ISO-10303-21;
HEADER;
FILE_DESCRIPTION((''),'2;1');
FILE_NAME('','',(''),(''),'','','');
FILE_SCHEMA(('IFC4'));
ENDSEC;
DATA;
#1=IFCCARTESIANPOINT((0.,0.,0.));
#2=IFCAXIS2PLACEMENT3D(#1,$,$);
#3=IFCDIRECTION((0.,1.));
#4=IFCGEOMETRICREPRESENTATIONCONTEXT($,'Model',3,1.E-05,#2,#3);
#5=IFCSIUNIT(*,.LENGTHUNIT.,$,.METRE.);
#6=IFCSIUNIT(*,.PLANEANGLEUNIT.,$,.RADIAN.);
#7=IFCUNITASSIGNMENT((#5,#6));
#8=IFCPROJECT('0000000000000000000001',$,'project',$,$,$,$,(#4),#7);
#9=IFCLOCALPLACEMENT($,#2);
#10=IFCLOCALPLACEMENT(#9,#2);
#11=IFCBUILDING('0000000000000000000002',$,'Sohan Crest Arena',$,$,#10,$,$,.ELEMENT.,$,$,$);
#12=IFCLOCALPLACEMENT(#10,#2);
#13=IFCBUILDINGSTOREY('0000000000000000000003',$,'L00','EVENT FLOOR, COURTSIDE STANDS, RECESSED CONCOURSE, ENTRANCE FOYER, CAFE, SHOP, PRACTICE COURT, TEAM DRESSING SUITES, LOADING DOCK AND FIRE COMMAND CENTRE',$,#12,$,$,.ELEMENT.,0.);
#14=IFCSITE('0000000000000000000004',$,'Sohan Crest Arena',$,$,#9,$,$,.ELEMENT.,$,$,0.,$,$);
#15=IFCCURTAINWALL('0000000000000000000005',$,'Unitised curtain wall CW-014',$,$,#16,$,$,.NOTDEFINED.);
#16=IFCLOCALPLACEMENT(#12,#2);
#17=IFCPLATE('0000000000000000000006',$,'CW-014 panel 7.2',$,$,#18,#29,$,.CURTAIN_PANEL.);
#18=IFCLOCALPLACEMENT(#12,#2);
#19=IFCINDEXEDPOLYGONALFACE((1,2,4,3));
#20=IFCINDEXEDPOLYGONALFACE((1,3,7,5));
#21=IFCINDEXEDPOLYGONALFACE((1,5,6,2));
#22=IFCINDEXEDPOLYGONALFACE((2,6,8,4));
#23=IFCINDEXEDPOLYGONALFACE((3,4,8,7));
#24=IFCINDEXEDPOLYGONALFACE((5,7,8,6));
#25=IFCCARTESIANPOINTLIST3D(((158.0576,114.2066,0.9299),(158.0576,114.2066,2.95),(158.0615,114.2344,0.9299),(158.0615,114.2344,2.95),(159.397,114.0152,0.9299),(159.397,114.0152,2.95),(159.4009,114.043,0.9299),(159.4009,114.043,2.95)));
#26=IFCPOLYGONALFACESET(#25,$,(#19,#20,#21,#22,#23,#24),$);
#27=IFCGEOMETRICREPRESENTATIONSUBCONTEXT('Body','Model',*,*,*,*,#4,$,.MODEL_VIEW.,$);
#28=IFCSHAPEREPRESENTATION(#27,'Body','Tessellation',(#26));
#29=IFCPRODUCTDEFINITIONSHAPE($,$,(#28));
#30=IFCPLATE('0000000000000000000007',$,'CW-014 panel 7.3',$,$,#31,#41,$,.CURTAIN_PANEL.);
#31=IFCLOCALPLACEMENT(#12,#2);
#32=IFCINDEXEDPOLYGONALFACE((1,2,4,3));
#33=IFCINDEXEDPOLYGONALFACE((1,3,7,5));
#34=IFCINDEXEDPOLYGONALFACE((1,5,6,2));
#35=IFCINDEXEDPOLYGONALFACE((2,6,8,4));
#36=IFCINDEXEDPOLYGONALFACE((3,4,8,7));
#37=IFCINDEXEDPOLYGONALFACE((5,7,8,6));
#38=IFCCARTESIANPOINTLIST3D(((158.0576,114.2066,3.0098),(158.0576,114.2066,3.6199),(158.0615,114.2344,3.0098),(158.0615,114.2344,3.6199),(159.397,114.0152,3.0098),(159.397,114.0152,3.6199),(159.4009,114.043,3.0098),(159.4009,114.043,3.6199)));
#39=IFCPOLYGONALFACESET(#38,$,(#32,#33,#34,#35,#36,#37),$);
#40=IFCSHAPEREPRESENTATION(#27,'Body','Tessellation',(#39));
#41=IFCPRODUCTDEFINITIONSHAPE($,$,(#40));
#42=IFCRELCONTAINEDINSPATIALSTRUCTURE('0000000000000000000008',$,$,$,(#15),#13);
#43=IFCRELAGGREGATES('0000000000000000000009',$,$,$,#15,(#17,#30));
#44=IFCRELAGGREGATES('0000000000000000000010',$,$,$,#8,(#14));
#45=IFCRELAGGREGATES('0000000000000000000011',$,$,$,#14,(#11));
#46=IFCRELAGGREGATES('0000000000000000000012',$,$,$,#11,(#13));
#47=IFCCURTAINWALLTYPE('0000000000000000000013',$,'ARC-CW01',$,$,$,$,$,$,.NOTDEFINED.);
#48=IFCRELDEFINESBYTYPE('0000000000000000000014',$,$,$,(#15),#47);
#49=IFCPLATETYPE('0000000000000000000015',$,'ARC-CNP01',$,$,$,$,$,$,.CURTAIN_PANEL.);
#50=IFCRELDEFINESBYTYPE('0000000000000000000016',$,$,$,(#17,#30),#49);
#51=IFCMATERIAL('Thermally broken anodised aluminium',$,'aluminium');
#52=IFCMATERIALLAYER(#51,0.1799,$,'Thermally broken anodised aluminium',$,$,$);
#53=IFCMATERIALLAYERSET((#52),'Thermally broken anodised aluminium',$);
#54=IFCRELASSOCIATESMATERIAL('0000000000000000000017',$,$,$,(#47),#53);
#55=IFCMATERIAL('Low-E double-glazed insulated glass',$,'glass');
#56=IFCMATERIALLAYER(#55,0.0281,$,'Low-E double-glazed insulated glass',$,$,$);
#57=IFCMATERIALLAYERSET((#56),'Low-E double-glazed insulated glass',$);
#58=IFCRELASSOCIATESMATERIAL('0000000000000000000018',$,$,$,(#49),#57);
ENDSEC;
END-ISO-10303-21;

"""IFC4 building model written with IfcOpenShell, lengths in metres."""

from ifc_helpers import new_model, si_unit, direction, frame, origin, origin_2d, place, context, subcontext, project, spatial, rectangle, extrude, material, layer, layer_set, type_object, element, aggregate, save


model = new_model("IFC4")

# Units and contexts
model_context = context("Model", 3, precision=1e-05, world=origin(), true_north=direction((0.0, 1.0)))
body_context = subcontext(model_context, "Body", "Model", "MODEL_VIEW")
ifc_project = project(units=[si_unit("LENGTHUNIT", "METRE"), si_unit("PLANEANGLEUNIT", "RADIAN")], contexts=[model_context])

# Site, building, storey
site_placement = place(None, origin())
site = spatial("IfcSite", under=ifc_project, at=site_placement, Name="Sohan Crest Arena", CompositionType="ELEMENT", RefElevation=0.0)
building_placement = place(site_placement, origin())
building = spatial("IfcBuilding", under=site, at=building_placement, Name="Sohan Crest Arena", CompositionType="ELEMENT")
storey_placement = place(building_placement, origin())
storey = spatial("IfcBuildingStorey", under=building, at=storey_placement, Name="L00", Description="EVENT FLOOR, COURTSIDE STANDS, RECESSED CONCOURSE, ENTRANCE FOYER, CAFE, SHOP, PRACTICE COURT, TEAM DRESSING SUITES, LOADING DOCK AND FIRE COMMAND CENTRE", CompositionType="ELEMENT", Elevation=0.0)

# Curtain wall
ifc_material_1 = material(Name="Thermally broken anodised aluminium", Category="aluminium")
ifc_layer_1 = layer(ifc_material_1, 0.1799, Name="Thermally broken anodised aluminium")
ifc_layer_set_1 = layer_set([ifc_layer_1], Name="Thermally broken anodised aluminium")
curtain_wall_type = type_object("IfcCurtainWallType", Name="ARC-CW01", PredefinedType="NOTDEFINED", material=ifc_layer_set_1)
curtain_wall_placement = place(storey_placement, origin())
curtain_wall = element("IfcCurtainWall", 1, at=curtain_wall_placement, inside=storey, type_object=curtain_wall_type, Name="Unitised curtain wall CW-014", PredefinedType="NOTDEFINED")

# Plates
ifc_material_2 = material(Name="Low-E double-glazed insulated glass", Category="glass")
ifc_layer_2 = layer(ifc_material_2, 0.0281, Name="Low-E double-glazed insulated glass")
ifc_layer_set_2 = layer_set([ifc_layer_2], Name="Low-E double-glazed insulated glass")
plate_type = type_object("IfcPlateType", Name="ARC-CNP01", PredefinedType="CURTAIN_PANEL", material=ifc_layer_set_2)
plate_1_placement = place(storey_placement, frame((158.7292, 114.1248, 0.9299), z_axis=(0.0, 0.0, 1.0), x_axis=(-0.989944, 0.141463, 0.0)))
plate_1 = element("IfcPlate", 2, at=plate_1_placement, type_object=plate_type, Name="CW-014 panel 7.2", PredefinedType="CURTAIN_PANEL", context=body_context, shape_type="SweptSolid", body=[
    extrude(rectangle(XDim=1.353, YDim=0.0281, at=origin_2d()), origin(), (0.0, 0.0, 1.0), 2.02),
])
plate_2_placement = place(storey_placement, frame((158.7292, 114.1248, 3.0098), z_axis=(0.0, 0.0, 1.0), x_axis=(-0.989944, 0.141463, 0.0)))
plate_2 = element("IfcPlate", 3, at=plate_2_placement, type_object=plate_type, Name="CW-014 panel 7.3", PredefinedType="CURTAIN_PANEL", context=body_context, shape_type="SweptSolid", body=[
    extrude(rectangle(XDim=1.353, YDim=0.0281, at=origin_2d()), origin(), (0.0, 0.0, 1.0), 0.6101),
])
aggregate(curtain_wall, [plate_1, plate_2])

save(model, "model.ifc")
